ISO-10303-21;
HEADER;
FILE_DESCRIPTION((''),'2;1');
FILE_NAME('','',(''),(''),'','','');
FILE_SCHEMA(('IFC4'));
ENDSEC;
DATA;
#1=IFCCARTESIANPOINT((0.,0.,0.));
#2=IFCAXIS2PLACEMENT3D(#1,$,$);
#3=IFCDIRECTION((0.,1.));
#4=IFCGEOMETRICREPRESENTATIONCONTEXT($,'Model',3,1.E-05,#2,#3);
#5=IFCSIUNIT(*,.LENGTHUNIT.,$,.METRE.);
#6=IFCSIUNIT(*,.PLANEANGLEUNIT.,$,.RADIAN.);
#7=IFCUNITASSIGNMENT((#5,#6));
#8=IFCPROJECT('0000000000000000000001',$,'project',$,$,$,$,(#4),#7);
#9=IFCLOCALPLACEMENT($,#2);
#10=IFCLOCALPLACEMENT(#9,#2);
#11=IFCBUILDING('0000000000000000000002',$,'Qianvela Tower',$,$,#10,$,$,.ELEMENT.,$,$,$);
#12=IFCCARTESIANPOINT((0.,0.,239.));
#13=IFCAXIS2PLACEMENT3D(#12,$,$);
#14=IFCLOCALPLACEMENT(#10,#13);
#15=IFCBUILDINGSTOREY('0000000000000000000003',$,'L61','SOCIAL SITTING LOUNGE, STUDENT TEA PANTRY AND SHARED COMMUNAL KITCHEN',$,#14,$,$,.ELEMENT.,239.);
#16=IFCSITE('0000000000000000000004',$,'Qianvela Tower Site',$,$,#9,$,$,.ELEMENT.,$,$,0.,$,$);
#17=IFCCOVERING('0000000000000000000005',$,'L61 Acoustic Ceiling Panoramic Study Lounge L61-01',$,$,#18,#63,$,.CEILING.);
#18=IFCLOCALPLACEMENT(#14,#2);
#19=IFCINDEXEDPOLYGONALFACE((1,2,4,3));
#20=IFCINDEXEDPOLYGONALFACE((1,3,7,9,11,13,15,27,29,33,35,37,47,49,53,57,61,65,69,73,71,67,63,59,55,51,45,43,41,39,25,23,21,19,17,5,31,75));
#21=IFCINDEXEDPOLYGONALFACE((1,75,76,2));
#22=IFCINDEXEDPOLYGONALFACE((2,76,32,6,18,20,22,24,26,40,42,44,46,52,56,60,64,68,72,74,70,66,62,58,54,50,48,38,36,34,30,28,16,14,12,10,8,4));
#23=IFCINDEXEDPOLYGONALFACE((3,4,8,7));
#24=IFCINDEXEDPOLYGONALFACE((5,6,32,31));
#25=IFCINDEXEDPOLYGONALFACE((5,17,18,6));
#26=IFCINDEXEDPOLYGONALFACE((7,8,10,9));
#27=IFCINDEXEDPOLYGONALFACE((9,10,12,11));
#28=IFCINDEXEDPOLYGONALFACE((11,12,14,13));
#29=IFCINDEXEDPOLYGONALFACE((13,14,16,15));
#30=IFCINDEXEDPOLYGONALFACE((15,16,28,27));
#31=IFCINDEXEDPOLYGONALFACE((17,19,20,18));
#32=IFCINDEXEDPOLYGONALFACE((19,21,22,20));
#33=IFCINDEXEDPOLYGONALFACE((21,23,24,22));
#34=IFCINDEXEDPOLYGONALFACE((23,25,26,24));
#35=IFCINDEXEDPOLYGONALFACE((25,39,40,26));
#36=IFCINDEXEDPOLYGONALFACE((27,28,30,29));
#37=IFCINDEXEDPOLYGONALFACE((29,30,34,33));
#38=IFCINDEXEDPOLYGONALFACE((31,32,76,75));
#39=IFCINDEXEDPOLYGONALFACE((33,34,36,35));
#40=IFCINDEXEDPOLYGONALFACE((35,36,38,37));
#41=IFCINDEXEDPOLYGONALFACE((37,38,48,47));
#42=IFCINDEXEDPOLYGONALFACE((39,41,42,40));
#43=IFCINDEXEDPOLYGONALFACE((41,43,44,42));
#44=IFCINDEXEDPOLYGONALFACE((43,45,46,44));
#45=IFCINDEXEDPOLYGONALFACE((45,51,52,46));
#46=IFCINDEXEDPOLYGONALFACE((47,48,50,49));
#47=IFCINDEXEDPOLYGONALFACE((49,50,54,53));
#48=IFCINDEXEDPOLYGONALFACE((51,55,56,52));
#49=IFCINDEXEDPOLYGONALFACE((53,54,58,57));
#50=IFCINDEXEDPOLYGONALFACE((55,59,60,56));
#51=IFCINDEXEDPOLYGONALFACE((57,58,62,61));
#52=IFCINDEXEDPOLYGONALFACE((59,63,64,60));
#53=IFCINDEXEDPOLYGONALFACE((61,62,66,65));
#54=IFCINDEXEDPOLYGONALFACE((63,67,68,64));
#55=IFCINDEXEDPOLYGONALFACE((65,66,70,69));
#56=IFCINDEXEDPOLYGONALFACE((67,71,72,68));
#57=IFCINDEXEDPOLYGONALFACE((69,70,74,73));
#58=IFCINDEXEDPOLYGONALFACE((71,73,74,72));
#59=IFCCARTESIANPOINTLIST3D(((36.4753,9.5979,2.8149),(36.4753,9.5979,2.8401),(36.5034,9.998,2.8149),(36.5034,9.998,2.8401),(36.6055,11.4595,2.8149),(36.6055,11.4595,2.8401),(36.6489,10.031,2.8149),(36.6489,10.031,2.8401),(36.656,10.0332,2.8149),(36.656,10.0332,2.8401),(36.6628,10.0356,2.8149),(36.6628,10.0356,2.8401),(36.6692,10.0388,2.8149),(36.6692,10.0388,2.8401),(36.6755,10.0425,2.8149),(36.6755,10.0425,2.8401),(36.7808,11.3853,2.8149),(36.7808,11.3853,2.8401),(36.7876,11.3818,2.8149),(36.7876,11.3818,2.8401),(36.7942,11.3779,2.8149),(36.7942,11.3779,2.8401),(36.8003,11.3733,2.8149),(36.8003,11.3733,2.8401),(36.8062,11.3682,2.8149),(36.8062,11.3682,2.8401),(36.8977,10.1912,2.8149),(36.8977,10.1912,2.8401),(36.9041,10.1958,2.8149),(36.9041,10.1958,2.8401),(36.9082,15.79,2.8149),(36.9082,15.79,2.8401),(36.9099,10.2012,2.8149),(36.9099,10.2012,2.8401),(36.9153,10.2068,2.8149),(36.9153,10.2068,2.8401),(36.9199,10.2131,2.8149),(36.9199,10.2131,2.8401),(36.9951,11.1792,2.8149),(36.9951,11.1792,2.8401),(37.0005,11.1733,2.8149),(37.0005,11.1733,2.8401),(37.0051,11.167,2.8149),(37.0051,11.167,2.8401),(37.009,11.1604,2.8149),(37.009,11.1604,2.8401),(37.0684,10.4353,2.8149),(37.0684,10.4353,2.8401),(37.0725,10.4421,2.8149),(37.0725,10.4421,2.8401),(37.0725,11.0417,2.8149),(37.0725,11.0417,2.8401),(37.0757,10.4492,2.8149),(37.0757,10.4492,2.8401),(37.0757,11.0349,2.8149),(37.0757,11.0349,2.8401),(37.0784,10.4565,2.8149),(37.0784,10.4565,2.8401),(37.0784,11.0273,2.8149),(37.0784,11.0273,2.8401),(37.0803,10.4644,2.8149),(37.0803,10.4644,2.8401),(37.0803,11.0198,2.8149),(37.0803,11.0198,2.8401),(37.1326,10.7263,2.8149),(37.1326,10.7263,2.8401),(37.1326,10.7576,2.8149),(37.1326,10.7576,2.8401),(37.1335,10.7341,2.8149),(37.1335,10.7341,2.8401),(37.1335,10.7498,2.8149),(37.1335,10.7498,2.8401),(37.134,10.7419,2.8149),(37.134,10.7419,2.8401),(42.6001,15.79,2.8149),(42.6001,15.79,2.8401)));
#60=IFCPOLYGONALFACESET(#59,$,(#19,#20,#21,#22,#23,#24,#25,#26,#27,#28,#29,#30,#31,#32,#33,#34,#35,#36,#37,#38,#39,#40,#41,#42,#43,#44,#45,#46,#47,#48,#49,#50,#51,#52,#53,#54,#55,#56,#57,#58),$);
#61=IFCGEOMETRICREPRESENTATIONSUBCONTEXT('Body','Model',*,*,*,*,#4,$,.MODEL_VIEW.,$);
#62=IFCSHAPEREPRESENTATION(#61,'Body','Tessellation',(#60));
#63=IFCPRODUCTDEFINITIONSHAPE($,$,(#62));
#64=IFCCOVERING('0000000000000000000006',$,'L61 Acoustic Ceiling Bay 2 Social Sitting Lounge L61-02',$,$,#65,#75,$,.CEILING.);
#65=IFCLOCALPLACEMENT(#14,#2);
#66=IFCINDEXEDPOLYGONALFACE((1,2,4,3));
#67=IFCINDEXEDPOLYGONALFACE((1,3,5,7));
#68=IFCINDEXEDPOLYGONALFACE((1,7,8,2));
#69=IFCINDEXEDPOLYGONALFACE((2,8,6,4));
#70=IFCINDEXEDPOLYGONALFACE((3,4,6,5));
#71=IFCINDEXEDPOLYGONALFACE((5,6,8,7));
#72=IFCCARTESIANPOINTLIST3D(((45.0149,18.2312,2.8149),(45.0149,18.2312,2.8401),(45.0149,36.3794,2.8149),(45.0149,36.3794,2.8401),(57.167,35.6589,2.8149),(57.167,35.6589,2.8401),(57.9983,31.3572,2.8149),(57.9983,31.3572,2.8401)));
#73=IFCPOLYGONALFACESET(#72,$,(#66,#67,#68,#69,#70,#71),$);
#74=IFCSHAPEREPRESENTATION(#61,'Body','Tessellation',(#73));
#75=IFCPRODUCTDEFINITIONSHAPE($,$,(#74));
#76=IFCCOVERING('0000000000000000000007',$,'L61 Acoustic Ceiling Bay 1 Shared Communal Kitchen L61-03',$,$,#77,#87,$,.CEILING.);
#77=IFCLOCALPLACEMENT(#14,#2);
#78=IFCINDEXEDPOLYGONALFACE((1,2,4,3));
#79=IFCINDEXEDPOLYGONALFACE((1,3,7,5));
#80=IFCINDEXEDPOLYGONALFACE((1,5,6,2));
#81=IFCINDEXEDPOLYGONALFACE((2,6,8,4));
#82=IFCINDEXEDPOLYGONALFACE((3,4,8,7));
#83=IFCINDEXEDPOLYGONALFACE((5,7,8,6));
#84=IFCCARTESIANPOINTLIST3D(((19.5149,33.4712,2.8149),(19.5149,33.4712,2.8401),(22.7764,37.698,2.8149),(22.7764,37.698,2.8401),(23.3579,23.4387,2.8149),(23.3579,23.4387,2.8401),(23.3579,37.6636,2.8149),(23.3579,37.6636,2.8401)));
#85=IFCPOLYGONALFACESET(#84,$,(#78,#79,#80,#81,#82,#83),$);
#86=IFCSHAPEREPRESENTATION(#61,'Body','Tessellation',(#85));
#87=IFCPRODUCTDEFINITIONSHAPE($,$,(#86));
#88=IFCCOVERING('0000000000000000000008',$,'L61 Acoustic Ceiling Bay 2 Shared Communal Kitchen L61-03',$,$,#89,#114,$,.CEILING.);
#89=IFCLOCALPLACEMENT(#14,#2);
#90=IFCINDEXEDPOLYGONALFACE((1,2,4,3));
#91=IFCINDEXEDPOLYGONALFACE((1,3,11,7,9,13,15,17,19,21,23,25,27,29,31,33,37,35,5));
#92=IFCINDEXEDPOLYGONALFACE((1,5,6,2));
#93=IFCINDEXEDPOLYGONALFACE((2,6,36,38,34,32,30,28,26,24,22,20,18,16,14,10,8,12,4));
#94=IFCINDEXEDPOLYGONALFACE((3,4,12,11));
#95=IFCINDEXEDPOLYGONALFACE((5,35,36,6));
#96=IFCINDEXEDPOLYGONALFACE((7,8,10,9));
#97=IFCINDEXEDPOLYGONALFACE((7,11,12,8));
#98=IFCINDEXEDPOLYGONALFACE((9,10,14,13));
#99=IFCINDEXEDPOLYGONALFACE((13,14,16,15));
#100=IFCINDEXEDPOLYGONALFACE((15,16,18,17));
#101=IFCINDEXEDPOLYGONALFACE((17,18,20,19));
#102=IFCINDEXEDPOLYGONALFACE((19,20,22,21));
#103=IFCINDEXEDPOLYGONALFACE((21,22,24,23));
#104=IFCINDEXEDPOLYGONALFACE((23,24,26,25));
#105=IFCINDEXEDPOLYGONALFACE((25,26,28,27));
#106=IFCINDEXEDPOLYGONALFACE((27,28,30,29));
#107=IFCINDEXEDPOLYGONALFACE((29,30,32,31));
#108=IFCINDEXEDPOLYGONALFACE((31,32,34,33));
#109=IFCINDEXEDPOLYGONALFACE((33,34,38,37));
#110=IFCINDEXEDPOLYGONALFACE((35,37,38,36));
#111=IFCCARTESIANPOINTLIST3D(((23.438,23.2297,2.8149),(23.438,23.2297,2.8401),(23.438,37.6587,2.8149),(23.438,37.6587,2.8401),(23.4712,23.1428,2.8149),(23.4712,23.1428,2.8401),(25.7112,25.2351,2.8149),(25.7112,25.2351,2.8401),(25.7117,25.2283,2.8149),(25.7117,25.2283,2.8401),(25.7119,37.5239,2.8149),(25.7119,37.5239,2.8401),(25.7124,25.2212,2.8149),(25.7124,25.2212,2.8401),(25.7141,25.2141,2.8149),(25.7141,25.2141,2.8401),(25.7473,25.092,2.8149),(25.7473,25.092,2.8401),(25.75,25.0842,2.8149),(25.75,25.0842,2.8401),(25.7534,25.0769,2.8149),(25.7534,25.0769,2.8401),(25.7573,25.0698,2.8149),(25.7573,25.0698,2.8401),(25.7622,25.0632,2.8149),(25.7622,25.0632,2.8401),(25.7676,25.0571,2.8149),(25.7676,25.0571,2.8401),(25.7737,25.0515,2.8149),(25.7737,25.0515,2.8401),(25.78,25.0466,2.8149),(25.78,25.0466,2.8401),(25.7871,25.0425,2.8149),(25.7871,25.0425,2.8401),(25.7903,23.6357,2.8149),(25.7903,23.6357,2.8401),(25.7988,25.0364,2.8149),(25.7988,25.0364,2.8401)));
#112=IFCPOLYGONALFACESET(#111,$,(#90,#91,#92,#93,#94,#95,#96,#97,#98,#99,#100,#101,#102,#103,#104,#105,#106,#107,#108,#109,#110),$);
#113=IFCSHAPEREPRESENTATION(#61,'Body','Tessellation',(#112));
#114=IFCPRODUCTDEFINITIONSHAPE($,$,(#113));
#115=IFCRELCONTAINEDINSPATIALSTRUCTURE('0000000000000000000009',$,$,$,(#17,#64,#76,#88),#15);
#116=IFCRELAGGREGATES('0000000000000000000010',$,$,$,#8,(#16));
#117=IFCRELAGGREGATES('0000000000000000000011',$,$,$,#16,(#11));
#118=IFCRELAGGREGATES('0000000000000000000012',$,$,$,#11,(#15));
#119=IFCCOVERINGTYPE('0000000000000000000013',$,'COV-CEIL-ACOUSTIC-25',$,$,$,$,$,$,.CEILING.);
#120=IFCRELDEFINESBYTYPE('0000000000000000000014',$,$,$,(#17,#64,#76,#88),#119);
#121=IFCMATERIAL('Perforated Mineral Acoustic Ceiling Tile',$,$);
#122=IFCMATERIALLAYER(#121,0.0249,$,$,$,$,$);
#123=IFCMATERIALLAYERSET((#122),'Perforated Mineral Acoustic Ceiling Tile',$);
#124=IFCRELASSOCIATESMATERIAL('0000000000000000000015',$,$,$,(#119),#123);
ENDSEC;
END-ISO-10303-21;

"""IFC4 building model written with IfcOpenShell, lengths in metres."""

from ifc_helpers import new_model, si_unit, direction, frame, origin, place, context, subcontext, project, spatial, polyline, outline, extrude, material, layer, layer_set, type_object, element, save


model = new_model("IFC4")

# Units and contexts
model_context = context("Model", 3, precision=1e-05, world=origin(), true_north=direction((0.0, 1.0)))
body_context = subcontext(model_context, "Body", "Model", "MODEL_VIEW")
ifc_project = project(units=[si_unit("LENGTHUNIT", "METRE"), si_unit("PLANEANGLEUNIT", "RADIAN")], contexts=[model_context])

# Site, building, storey
site_placement = place(None, origin())
site = spatial("IfcSite", under=ifc_project, at=site_placement, Name="Qianvela Tower Site", CompositionType="ELEMENT", RefElevation=0.0)
building_placement = place(site_placement, origin())
building = spatial("IfcBuilding", under=site, at=building_placement, Name="Qianvela Tower", CompositionType="ELEMENT")
storey_placement = place(building_placement, frame((0.0, 0.0, 239.0)))
storey = spatial("IfcBuildingStorey", under=building, at=storey_placement, Name="L61", Description="SOCIAL SITTING LOUNGE, STUDENT TEA PANTRY AND SHARED COMMUNAL KITCHEN", CompositionType="ELEMENT", Elevation=239.0)

# Coverings
ifc_material_1 = material(Name="Perforated Mineral Acoustic Ceiling Tile")
ifc_layer_1 = layer(ifc_material_1, 0.0249)
ifc_layer_set_1 = layer_set([ifc_layer_1], Name="Perforated Mineral Acoustic Ceiling Tile")
covering_type_1 = type_object("IfcCoveringType", Name="COV-CEIL-ACOUSTIC-25", PredefinedType="CEILING", material=ifc_layer_set_1)
covering_1_placement = place(storey_placement, frame((0.0, 0.0, 2.8149)))
element("IfcCovering", 1, at=covering_1_placement, inside=storey, type_object=covering_type_1, Name="L61 Acoustic Ceiling Panoramic Study Lounge L61-01", PredefinedType="CEILING", context=body_context, shape_type="SweptSolid", body=[
    extrude(outline(polyline([(36.5034, 9.998), (36.6489, 10.031), (36.656, 10.0332), (36.6628, 10.0356), (36.6692, 10.0388), (36.6755, 10.0425), (36.8977, 10.1912), (36.9041, 10.1958), (36.9099, 10.2012), (36.9153, 10.2068), (36.9199, 10.2131), (37.0684, 10.4353), (37.0725, 10.4421), (37.0757, 10.4492), (37.0784, 10.4565), (37.0803, 10.4644), (37.1326, 10.7263), (37.1335, 10.7341), (37.134, 10.7419), (37.1335, 10.7498), (37.1326, 10.7576), (37.0803, 11.0198), (37.0784, 11.0273), (37.0757, 11.0349), (37.0725, 11.0417), (37.009, 11.1604), (37.0051, 11.167), (37.0005, 11.1733), (36.9951, 11.1792), (36.8062, 11.3682), (36.8003, 11.3733), (36.7942, 11.3779), (36.7876, 11.3818), (36.7808, 11.3853), (36.6055, 11.4595), (36.9082, 15.79), (42.6001, 15.79), (36.4753, 9.5979), (36.5034, 9.998)])), origin(), (0.0, 0.0, 1.0), 0.0251),
])
covering_2_placement = place(storey_placement, frame((0.0, 0.0, 2.8149)))
element("IfcCovering", 2, at=covering_2_placement, inside=storey, type_object=covering_type_1, Name="L61 Acoustic Ceiling Bay 2 Social Sitting Lounge L61-02", PredefinedType="CEILING", context=body_context, shape_type="SweptSolid", body=[
    extrude(outline(polyline([(57.167, 35.6589), (57.9983, 31.3572), (45.0149, 18.2312), (45.0149, 36.3794), (57.167, 35.6589)])), origin(), (0.0, 0.0, 1.0), 0.0251),
])
covering_3_placement = place(storey_placement, frame((0.0, 0.0, 2.8149)))
element("IfcCovering", 3, at=covering_3_placement, inside=storey, type_object=covering_type_1, Name="L61 Acoustic Ceiling Bay 1 Shared Communal Kitchen L61-03", PredefinedType="CEILING", context=body_context, shape_type="SweptSolid", body=[
    extrude(outline(polyline([(19.5149, 33.4712), (22.7764, 37.698), (23.3579, 37.6636), (23.3579, 23.4387), (19.5149, 33.4712)])), origin(), (0.0, 0.0, 1.0), 0.0251),
])
covering_4_placement = place(storey_placement, frame((0.0, 0.0, 2.8149)))
element("IfcCovering", 4, at=covering_4_placement, inside=storey, type_object=covering_type_1, Name="L61 Acoustic Ceiling Bay 2 Shared Communal Kitchen L61-03", PredefinedType="CEILING", context=body_context, shape_type="SweptSolid", body=[
    extrude(outline(polyline([(23.4712, 23.1428), (23.438, 23.2297), (23.438, 37.6587), (25.7119, 37.5239), (25.7112, 25.2351), (25.7117, 25.2283), (25.7124, 25.2212), (25.7141, 25.2141), (25.7473, 25.092), (25.75, 25.0842), (25.7534, 25.0769), (25.7573, 25.0698), (25.7622, 25.0632), (25.7676, 25.0571), (25.7737, 25.0515), (25.78, 25.0466), (25.7871, 25.0425), (25.7988, 25.0364), (25.7903, 23.6357), (23.4712, 23.1428)])), origin(), (0.0, 0.0, 1.0), 0.0251),
])

save(model, "model.ifc")
